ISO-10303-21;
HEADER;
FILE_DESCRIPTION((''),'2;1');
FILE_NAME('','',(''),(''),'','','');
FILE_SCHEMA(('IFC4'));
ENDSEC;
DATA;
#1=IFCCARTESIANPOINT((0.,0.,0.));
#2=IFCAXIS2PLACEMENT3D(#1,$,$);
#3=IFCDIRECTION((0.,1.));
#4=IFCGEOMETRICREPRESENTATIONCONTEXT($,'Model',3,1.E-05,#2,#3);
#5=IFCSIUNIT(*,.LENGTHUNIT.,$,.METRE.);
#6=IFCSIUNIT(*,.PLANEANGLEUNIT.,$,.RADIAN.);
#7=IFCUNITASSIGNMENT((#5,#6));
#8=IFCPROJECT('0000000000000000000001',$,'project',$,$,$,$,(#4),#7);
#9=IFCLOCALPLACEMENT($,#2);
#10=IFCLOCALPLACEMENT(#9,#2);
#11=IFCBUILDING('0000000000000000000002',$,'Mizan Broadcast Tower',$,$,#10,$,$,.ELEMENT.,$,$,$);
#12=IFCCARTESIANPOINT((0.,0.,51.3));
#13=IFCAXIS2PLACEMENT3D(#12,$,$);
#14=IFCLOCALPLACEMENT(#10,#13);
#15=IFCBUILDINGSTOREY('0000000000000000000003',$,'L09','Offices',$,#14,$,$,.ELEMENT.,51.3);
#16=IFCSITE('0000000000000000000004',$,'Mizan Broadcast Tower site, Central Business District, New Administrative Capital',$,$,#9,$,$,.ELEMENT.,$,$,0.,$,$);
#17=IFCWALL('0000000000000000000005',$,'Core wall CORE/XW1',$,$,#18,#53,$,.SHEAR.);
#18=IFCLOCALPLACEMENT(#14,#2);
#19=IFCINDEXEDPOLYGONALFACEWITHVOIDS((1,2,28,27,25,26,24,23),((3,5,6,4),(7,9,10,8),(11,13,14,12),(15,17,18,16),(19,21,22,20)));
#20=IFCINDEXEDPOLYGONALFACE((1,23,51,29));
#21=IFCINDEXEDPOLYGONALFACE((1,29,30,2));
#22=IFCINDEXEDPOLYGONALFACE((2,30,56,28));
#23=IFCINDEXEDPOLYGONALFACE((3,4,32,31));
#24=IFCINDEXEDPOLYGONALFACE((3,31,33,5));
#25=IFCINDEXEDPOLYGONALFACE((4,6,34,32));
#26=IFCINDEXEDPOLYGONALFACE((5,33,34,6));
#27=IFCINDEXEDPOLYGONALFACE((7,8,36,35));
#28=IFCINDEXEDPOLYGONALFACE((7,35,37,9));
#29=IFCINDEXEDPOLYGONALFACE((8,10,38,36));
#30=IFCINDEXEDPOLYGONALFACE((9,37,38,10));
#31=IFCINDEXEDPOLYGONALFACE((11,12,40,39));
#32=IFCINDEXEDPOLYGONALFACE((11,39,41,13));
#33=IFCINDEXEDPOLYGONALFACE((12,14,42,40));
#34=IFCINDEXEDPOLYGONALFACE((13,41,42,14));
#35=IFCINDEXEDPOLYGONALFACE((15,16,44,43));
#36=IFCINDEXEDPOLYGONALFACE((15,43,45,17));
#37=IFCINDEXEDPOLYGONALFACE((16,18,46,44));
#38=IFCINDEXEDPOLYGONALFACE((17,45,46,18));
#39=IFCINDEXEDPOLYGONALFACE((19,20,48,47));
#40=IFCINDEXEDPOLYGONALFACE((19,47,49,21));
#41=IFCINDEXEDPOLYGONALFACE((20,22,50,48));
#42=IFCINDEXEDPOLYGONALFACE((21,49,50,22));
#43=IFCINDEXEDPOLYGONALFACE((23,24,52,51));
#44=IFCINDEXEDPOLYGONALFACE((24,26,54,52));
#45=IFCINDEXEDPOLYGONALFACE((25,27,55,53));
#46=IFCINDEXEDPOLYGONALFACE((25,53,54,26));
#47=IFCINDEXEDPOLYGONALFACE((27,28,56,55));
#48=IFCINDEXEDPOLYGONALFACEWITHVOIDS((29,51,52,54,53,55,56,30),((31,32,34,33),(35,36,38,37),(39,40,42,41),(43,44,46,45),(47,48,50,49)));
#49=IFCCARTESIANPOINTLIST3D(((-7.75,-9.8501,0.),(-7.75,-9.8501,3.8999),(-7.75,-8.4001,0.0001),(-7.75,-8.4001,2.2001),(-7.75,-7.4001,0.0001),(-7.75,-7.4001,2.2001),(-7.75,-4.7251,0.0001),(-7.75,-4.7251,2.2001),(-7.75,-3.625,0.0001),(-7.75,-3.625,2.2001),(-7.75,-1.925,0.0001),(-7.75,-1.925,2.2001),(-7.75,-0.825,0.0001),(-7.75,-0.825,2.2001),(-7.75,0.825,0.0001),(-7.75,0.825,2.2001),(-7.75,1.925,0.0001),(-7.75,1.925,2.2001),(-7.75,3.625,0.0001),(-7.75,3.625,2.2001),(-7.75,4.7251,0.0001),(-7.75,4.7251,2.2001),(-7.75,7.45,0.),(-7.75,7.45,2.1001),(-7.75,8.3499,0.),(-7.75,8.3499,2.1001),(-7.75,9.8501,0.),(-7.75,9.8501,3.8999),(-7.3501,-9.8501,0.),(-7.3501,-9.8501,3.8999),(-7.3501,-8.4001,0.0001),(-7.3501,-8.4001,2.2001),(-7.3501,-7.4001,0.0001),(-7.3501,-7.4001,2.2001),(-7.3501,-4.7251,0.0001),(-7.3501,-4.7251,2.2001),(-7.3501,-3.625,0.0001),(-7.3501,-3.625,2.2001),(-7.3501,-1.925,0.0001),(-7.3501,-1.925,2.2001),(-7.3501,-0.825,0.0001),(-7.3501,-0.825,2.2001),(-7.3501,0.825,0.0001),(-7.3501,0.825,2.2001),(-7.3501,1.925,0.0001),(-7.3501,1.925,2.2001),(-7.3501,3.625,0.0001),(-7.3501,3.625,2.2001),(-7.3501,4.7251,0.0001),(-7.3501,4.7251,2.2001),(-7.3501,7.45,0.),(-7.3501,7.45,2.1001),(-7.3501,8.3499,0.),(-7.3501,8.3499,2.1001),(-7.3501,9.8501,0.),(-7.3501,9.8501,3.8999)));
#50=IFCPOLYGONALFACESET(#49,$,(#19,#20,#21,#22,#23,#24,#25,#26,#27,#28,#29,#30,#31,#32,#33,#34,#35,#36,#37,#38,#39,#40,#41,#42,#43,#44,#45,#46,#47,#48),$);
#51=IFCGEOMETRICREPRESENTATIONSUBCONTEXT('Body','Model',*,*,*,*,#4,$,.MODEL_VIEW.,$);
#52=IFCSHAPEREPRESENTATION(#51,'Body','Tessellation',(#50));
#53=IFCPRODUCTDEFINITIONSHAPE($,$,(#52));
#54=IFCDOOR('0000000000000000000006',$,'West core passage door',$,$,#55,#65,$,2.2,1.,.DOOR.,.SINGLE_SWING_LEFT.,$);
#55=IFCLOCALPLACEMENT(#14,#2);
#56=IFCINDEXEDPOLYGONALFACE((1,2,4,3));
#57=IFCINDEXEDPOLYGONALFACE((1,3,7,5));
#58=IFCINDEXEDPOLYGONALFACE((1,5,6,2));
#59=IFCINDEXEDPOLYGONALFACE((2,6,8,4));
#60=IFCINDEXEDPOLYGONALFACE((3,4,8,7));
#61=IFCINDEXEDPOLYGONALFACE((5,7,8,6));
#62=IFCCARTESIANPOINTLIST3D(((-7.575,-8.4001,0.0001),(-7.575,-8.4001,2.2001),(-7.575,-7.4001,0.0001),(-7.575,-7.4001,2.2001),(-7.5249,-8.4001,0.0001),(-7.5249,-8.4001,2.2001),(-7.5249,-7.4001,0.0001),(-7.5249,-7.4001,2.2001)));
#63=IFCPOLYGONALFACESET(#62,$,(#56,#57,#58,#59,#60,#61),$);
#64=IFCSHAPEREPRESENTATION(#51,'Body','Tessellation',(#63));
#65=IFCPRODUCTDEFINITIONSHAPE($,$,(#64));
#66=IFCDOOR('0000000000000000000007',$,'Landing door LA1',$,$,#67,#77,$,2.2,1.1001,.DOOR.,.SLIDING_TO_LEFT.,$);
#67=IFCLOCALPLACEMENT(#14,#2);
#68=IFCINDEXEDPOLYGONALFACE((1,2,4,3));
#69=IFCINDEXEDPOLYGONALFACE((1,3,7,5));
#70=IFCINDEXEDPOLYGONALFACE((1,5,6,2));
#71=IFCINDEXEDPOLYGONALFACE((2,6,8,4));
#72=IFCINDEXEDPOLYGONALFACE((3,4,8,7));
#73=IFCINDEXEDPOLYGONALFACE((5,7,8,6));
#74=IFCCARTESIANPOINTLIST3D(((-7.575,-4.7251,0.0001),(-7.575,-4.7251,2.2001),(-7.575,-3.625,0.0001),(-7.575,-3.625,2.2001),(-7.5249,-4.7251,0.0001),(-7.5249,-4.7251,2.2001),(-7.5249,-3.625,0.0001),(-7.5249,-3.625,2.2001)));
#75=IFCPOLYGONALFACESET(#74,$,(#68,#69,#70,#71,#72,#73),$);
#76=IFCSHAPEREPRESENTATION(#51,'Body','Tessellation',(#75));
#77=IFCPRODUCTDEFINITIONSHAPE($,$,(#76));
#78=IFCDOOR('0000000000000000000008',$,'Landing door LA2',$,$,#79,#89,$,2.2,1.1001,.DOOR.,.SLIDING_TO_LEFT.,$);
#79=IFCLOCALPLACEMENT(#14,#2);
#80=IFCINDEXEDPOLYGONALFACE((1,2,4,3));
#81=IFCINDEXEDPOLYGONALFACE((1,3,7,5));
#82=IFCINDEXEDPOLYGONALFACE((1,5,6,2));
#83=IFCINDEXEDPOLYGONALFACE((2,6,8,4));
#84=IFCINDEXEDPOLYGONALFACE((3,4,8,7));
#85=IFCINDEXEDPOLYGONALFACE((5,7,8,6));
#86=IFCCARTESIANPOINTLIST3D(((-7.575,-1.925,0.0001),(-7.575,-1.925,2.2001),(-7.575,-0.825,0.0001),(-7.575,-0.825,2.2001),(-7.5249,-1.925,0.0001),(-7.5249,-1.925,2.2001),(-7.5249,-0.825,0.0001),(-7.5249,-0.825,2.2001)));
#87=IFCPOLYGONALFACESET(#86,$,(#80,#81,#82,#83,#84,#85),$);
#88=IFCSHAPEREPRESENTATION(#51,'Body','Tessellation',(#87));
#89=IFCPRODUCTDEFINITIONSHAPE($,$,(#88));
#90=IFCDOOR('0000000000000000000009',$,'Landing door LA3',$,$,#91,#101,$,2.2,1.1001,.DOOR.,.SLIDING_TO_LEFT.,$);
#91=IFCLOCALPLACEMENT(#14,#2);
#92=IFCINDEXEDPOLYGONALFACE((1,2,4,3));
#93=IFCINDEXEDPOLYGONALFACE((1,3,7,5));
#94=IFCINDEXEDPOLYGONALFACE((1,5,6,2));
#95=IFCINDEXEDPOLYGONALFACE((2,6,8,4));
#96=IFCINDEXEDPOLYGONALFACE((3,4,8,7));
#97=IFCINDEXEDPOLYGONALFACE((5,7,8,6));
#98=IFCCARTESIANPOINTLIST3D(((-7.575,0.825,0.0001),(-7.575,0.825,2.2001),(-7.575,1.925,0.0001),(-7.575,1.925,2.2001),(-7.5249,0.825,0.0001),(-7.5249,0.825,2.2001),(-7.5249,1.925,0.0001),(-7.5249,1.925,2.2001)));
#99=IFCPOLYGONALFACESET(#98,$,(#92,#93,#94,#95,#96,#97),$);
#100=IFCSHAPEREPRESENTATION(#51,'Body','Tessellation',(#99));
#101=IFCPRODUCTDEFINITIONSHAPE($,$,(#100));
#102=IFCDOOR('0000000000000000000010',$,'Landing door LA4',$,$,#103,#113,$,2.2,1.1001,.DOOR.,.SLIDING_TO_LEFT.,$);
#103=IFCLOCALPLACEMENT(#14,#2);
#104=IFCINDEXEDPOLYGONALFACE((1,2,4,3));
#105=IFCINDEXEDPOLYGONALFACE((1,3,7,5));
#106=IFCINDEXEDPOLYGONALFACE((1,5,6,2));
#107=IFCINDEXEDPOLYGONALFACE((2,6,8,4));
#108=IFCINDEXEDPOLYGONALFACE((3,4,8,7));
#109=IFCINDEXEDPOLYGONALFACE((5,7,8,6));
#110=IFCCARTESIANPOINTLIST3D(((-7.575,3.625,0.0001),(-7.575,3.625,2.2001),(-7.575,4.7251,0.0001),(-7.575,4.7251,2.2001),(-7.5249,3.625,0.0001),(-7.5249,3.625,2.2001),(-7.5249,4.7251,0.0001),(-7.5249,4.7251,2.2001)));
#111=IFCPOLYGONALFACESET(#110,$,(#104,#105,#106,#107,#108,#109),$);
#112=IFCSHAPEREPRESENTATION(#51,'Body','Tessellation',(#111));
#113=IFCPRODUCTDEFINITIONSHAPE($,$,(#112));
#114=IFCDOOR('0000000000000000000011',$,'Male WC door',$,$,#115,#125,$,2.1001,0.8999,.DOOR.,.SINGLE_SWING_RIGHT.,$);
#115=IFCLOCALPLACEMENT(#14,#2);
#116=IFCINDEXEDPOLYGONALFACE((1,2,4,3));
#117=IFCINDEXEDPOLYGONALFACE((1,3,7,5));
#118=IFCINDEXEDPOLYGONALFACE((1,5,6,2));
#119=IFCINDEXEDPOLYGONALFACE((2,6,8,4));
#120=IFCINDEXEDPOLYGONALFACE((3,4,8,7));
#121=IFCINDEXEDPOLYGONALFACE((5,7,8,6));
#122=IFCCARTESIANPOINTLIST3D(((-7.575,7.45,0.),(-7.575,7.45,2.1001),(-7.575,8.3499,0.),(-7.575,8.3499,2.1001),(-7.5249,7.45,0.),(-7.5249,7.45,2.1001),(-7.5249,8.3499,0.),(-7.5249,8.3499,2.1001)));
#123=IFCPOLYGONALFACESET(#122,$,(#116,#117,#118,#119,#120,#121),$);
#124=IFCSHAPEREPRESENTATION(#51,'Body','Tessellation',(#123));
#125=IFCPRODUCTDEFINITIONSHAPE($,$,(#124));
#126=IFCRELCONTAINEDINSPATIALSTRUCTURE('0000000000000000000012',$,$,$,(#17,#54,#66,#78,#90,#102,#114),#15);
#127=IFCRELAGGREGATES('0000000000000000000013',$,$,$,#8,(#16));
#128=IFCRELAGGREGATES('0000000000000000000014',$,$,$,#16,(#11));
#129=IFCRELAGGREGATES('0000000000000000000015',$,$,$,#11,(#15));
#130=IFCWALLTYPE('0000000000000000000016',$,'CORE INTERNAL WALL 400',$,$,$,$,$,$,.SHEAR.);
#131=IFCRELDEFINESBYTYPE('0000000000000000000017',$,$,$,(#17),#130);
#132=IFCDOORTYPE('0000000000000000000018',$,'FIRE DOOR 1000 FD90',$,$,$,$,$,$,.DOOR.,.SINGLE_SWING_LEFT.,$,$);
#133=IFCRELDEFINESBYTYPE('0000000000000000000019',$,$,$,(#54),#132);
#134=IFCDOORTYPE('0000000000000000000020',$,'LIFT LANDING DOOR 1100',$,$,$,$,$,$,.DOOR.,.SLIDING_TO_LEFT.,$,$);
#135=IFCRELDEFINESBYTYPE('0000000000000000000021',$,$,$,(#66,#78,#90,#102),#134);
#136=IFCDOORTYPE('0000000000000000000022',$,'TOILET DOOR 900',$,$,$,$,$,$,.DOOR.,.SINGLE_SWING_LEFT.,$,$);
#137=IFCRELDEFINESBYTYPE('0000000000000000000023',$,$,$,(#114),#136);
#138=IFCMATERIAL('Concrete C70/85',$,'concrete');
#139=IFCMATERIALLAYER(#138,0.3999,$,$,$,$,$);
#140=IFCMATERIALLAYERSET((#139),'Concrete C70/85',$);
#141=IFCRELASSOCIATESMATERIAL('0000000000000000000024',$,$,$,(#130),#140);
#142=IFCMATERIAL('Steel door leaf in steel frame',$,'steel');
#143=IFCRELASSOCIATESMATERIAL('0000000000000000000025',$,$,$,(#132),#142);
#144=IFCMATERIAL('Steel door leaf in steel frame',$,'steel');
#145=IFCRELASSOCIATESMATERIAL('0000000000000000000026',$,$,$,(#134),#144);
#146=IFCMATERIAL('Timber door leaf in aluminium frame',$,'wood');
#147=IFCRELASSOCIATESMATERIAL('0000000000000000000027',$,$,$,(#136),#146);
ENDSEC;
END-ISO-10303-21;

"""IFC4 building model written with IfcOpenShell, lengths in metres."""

from ifc_helpers import new_model, si_unit, direction, frame, frame_2d, origin, place, context, subcontext, project, spatial, rectangle, extrude, material, layer, layer_set, type_object, element, fill, save


model = new_model("IFC4")

# Units and contexts
model_context = context("Model", 3, precision=1e-05, world=origin(), true_north=direction((0.0, 1.0)))
body_context = subcontext(model_context, "Body", "Model", "MODEL_VIEW")
ifc_project = project(units=[si_unit("LENGTHUNIT", "METRE"), si_unit("PLANEANGLEUNIT", "RADIAN")], contexts=[model_context])

# Site, building, storey
site_placement = place(None, origin())
site = spatial("IfcSite", under=ifc_project, at=site_placement, Name="Mizan Broadcast Tower site, Central Business District, New Administrative Capital", CompositionType="ELEMENT", RefElevation=0.0)
building_placement = place(site_placement, origin())
building = spatial("IfcBuilding", under=site, at=building_placement, Name="Mizan Broadcast Tower", CompositionType="ELEMENT")
storey_placement = place(building_placement, frame((0.0, 0.0, 51.3)))
storey = spatial("IfcBuildingStorey", under=building, at=storey_placement, Name="L09", Description="Offices", CompositionType="ELEMENT", Elevation=51.3)

# Wall, openings, doors
ifc_material_1 = material(Name="Concrete C70/85", Category="concrete")
ifc_layer_1 = layer(ifc_material_1, 0.3999)
ifc_layer_set_1 = layer_set([ifc_layer_1], Name="Concrete C70/85")
wall_type_1 = type_object("IfcWallType", Name="CORE INTERNAL WALL 400", PredefinedType="SHEAR", material=ifc_layer_set_1)
wall_1_placement = place(storey_placement, frame((-7.55, -9.8501, 0.0), z_axis=(0.0, 0.0, 1.0), x_axis=(0.0, 1.0, 0.0)))
wall_1 = element("IfcWall", 1, at=wall_1_placement, inside=storey, type_object=wall_type_1, Name="Core wall CORE/XW1", PredefinedType="SHEAR", context=body_context, shape_type="SweptSolid", body=[
    extrude(rectangle(XDim=19.7002, YDim=0.3999, at=frame_2d((9.8501, 0.0))), origin(), (0.0, 0.0, 1.0), 3.8999),
])
opening_1_placement = place(wall_1_placement, frame((1.45, 0.0, 0.0)))
opening_1 = element("IfcOpeningElement", 2, at=opening_1_placement, cuts=wall_1, PredefinedType="OPENING", context=body_context, shape_type="SweptSolid", body=[
    extrude(rectangle(XDim=1.0, YDim=2.2, at=frame_2d((0.5, 1.1001))), frame((0.0, 0.21, 0.0), z_axis=(0.0, -1.0, 0.0), x_axis=(1.0, 0.0, 0.0)), (0.0, 0.0, 1.0), 0.4199),
])
opening_2_placement = place(wall_1_placement, frame((17.3, 0.0, 0.0)))
opening_2 = element("IfcOpeningElement", 3, at=opening_2_placement, cuts=wall_1, PredefinedType="OPENING", context=body_context, shape_type="SweptSolid", body=[
    extrude(rectangle(XDim=0.8999, YDim=2.1001, at=frame_2d((0.45, 1.05))), frame((0.0, 0.21, 0.0), z_axis=(0.0, -1.0, 0.0), x_axis=(1.0, 0.0, 0.0)), (0.0, 0.0, 1.0), 0.4199),
])
opening_3_placement = place(wall_1_placement, frame((5.125, 0.0, 0.0)))
opening_3 = element("IfcOpeningElement", 4, at=opening_3_placement, cuts=wall_1, PredefinedType="OPENING", context=body_context, shape_type="SweptSolid", body=[
    extrude(rectangle(XDim=1.1001, YDim=2.2, at=frame_2d((0.55, 1.1001))), frame((0.0, 0.21, 0.0), z_axis=(0.0, -1.0, 0.0), x_axis=(1.0, 0.0, 0.0)), (0.0, 0.0, 1.0), 0.4199),
])
opening_4_placement = place(wall_1_placement, frame((7.925, 0.0, 0.0)))
opening_4 = element("IfcOpeningElement", 5, at=opening_4_placement, cuts=wall_1, PredefinedType="OPENING", context=body_context, shape_type="SweptSolid", body=[
    extrude(rectangle(XDim=1.1001, YDim=2.2, at=frame_2d((0.55, 1.1001))), frame((0.0, 0.21, 0.0), z_axis=(0.0, -1.0, 0.0), x_axis=(1.0, 0.0, 0.0)), (0.0, 0.0, 1.0), 0.4199),
])
opening_5_placement = place(wall_1_placement, frame((10.675, 0.0, 0.0)))
opening_5 = element("IfcOpeningElement", 6, at=opening_5_placement, cuts=wall_1, PredefinedType="OPENING", context=body_context, shape_type="SweptSolid", body=[
    extrude(rectangle(XDim=1.1001, YDim=2.2, at=frame_2d((0.55, 1.1001))), frame((0.0, 0.21, 0.0), z_axis=(0.0, -1.0, 0.0), x_axis=(1.0, 0.0, 0.0)), (0.0, 0.0, 1.0), 0.4199),
])
opening_6_placement = place(wall_1_placement, frame((13.4751, 0.0, 0.0)))
opening_6 = element("IfcOpeningElement", 7, at=opening_6_placement, cuts=wall_1, PredefinedType="OPENING", context=body_context, shape_type="SweptSolid", body=[
    extrude(rectangle(XDim=1.1001, YDim=2.2, at=frame_2d((0.55, 1.1001))), frame((0.0, 0.21, 0.0), z_axis=(0.0, -1.0, 0.0), x_axis=(1.0, 0.0, 0.0)), (0.0, 0.0, 1.0), 0.4199),
])
ifc_material_2 = material(Name="Steel door leaf in steel frame", Category="steel")
door_type_1 = type_object("IfcDoorType", Name="FIRE DOOR 1000 FD90", OperationType="SINGLE_SWING_LEFT", PredefinedType="DOOR", material=ifc_material_2)
door_1_placement = place(opening_1_placement, origin())
door_1 = element("IfcDoor", 8, at=door_1_placement, inside=storey, type_object=door_type_1, Name="West core passage door", OperationType="SINGLE_SWING_LEFT", OverallHeight=2.2, OverallWidth=1.0, PredefinedType="DOOR", context=body_context, shape_type="SweptSolid", body=[
    extrude(rectangle(XDim=1.0, YDim=2.2, at=frame_2d((0.5, 1.1001))), frame((0.0, 0.0249, 0.0), z_axis=(0.0, -1.0, 0.0), x_axis=(1.0, 0.0, 0.0)), (0.0, 0.0, 1.0), 0.05),
])
fill(opening_1, door_1)
ifc_material_3 = material(Name="Steel door leaf in steel frame", Category="steel")
door_type_2 = type_object("IfcDoorType", Name="LIFT LANDING DOOR 1100", OperationType="SLIDING_TO_LEFT", PredefinedType="DOOR", material=ifc_material_3)
door_2_placement = place(opening_3_placement, origin())
door_2 = element("IfcDoor", 9, at=door_2_placement, inside=storey, type_object=door_type_2, Name="Landing door LA1", OperationType="SLIDING_TO_LEFT", OverallHeight=2.2, OverallWidth=1.1001, PredefinedType="DOOR", context=body_context, shape_type="SweptSolid", body=[
    extrude(rectangle(XDim=1.1001, YDim=2.2, at=frame_2d((0.55, 1.1001))), frame((0.0, 0.0249, 0.0), z_axis=(0.0, -1.0, 0.0), x_axis=(1.0, 0.0, 0.0)), (0.0, 0.0, 1.0), 0.05),
])
fill(opening_3, door_2)
door_3_placement = place(opening_4_placement, origin())
door_3 = element("IfcDoor", 10, at=door_3_placement, inside=storey, type_object=door_type_2, Name="Landing door LA2", OperationType="SLIDING_TO_LEFT", OverallHeight=2.2, OverallWidth=1.1001, PredefinedType="DOOR", context=body_context, shape_type="SweptSolid", body=[
    extrude(rectangle(XDim=1.1001, YDim=2.2, at=frame_2d((0.55, 1.1001))), frame((0.0, 0.0249, 0.0), z_axis=(0.0, -1.0, 0.0), x_axis=(1.0, 0.0, 0.0)), (0.0, 0.0, 1.0), 0.05),
])
fill(opening_4, door_3)
door_4_placement = place(opening_5_placement, origin())
door_4 = element("IfcDoor", 11, at=door_4_placement, inside=storey, type_object=door_type_2, Name="Landing door LA3", OperationType="SLIDING_TO_LEFT", OverallHeight=2.2, OverallWidth=1.1001, PredefinedType="DOOR", context=body_context, shape_type="SweptSolid", body=[
    extrude(rectangle(XDim=1.1001, YDim=2.2, at=frame_2d((0.55, 1.1001))), frame((0.0, 0.0249, 0.0), z_axis=(0.0, -1.0, 0.0), x_axis=(1.0, 0.0, 0.0)), (0.0, 0.0, 1.0), 0.05),
])
fill(opening_5, door_4)
door_5_placement = place(opening_6_placement, origin())
door_5 = element("IfcDoor", 12, at=door_5_placement, inside=storey, type_object=door_type_2, Name="Landing door LA4", OperationType="SLIDING_TO_LEFT", OverallHeight=2.2, OverallWidth=1.1001, PredefinedType="DOOR", context=body_context, shape_type="SweptSolid", body=[
    extrude(rectangle(XDim=1.1001, YDim=2.2, at=frame_2d((0.55, 1.1001))), frame((0.0, 0.0249, 0.0), z_axis=(0.0, -1.0, 0.0), x_axis=(1.0, 0.0, 0.0)), (0.0, 0.0, 1.0), 0.05),
])
fill(opening_6, door_5)
ifc_material_4 = material(Name="Timber door leaf in aluminium frame", Category="wood")
door_type_3 = type_object("IfcDoorType", Name="TOILET DOOR 900", OperationType="SINGLE_SWING_LEFT", PredefinedType="DOOR", material=ifc_material_4)
door_6_placement = place(opening_2_placement, origin())
door_6 = element("IfcDoor", 13, at=door_6_placement, inside=storey, type_object=door_type_3, Name="Male WC door", OperationType="SINGLE_SWING_RIGHT", OverallHeight=2.1001, OverallWidth=0.8999, PredefinedType="DOOR", context=body_context, shape_type="SweptSolid", body=[
    extrude(rectangle(XDim=0.8999, YDim=2.1001, at=frame_2d((0.45, 1.05))), frame((0.0, 0.0249, 0.0), z_axis=(0.0, -1.0, 0.0), x_axis=(1.0, 0.0, 0.0)), (0.0, 0.0, 1.0), 0.05),
])
fill(opening_2, door_6)

save(model, "model.ifc")
